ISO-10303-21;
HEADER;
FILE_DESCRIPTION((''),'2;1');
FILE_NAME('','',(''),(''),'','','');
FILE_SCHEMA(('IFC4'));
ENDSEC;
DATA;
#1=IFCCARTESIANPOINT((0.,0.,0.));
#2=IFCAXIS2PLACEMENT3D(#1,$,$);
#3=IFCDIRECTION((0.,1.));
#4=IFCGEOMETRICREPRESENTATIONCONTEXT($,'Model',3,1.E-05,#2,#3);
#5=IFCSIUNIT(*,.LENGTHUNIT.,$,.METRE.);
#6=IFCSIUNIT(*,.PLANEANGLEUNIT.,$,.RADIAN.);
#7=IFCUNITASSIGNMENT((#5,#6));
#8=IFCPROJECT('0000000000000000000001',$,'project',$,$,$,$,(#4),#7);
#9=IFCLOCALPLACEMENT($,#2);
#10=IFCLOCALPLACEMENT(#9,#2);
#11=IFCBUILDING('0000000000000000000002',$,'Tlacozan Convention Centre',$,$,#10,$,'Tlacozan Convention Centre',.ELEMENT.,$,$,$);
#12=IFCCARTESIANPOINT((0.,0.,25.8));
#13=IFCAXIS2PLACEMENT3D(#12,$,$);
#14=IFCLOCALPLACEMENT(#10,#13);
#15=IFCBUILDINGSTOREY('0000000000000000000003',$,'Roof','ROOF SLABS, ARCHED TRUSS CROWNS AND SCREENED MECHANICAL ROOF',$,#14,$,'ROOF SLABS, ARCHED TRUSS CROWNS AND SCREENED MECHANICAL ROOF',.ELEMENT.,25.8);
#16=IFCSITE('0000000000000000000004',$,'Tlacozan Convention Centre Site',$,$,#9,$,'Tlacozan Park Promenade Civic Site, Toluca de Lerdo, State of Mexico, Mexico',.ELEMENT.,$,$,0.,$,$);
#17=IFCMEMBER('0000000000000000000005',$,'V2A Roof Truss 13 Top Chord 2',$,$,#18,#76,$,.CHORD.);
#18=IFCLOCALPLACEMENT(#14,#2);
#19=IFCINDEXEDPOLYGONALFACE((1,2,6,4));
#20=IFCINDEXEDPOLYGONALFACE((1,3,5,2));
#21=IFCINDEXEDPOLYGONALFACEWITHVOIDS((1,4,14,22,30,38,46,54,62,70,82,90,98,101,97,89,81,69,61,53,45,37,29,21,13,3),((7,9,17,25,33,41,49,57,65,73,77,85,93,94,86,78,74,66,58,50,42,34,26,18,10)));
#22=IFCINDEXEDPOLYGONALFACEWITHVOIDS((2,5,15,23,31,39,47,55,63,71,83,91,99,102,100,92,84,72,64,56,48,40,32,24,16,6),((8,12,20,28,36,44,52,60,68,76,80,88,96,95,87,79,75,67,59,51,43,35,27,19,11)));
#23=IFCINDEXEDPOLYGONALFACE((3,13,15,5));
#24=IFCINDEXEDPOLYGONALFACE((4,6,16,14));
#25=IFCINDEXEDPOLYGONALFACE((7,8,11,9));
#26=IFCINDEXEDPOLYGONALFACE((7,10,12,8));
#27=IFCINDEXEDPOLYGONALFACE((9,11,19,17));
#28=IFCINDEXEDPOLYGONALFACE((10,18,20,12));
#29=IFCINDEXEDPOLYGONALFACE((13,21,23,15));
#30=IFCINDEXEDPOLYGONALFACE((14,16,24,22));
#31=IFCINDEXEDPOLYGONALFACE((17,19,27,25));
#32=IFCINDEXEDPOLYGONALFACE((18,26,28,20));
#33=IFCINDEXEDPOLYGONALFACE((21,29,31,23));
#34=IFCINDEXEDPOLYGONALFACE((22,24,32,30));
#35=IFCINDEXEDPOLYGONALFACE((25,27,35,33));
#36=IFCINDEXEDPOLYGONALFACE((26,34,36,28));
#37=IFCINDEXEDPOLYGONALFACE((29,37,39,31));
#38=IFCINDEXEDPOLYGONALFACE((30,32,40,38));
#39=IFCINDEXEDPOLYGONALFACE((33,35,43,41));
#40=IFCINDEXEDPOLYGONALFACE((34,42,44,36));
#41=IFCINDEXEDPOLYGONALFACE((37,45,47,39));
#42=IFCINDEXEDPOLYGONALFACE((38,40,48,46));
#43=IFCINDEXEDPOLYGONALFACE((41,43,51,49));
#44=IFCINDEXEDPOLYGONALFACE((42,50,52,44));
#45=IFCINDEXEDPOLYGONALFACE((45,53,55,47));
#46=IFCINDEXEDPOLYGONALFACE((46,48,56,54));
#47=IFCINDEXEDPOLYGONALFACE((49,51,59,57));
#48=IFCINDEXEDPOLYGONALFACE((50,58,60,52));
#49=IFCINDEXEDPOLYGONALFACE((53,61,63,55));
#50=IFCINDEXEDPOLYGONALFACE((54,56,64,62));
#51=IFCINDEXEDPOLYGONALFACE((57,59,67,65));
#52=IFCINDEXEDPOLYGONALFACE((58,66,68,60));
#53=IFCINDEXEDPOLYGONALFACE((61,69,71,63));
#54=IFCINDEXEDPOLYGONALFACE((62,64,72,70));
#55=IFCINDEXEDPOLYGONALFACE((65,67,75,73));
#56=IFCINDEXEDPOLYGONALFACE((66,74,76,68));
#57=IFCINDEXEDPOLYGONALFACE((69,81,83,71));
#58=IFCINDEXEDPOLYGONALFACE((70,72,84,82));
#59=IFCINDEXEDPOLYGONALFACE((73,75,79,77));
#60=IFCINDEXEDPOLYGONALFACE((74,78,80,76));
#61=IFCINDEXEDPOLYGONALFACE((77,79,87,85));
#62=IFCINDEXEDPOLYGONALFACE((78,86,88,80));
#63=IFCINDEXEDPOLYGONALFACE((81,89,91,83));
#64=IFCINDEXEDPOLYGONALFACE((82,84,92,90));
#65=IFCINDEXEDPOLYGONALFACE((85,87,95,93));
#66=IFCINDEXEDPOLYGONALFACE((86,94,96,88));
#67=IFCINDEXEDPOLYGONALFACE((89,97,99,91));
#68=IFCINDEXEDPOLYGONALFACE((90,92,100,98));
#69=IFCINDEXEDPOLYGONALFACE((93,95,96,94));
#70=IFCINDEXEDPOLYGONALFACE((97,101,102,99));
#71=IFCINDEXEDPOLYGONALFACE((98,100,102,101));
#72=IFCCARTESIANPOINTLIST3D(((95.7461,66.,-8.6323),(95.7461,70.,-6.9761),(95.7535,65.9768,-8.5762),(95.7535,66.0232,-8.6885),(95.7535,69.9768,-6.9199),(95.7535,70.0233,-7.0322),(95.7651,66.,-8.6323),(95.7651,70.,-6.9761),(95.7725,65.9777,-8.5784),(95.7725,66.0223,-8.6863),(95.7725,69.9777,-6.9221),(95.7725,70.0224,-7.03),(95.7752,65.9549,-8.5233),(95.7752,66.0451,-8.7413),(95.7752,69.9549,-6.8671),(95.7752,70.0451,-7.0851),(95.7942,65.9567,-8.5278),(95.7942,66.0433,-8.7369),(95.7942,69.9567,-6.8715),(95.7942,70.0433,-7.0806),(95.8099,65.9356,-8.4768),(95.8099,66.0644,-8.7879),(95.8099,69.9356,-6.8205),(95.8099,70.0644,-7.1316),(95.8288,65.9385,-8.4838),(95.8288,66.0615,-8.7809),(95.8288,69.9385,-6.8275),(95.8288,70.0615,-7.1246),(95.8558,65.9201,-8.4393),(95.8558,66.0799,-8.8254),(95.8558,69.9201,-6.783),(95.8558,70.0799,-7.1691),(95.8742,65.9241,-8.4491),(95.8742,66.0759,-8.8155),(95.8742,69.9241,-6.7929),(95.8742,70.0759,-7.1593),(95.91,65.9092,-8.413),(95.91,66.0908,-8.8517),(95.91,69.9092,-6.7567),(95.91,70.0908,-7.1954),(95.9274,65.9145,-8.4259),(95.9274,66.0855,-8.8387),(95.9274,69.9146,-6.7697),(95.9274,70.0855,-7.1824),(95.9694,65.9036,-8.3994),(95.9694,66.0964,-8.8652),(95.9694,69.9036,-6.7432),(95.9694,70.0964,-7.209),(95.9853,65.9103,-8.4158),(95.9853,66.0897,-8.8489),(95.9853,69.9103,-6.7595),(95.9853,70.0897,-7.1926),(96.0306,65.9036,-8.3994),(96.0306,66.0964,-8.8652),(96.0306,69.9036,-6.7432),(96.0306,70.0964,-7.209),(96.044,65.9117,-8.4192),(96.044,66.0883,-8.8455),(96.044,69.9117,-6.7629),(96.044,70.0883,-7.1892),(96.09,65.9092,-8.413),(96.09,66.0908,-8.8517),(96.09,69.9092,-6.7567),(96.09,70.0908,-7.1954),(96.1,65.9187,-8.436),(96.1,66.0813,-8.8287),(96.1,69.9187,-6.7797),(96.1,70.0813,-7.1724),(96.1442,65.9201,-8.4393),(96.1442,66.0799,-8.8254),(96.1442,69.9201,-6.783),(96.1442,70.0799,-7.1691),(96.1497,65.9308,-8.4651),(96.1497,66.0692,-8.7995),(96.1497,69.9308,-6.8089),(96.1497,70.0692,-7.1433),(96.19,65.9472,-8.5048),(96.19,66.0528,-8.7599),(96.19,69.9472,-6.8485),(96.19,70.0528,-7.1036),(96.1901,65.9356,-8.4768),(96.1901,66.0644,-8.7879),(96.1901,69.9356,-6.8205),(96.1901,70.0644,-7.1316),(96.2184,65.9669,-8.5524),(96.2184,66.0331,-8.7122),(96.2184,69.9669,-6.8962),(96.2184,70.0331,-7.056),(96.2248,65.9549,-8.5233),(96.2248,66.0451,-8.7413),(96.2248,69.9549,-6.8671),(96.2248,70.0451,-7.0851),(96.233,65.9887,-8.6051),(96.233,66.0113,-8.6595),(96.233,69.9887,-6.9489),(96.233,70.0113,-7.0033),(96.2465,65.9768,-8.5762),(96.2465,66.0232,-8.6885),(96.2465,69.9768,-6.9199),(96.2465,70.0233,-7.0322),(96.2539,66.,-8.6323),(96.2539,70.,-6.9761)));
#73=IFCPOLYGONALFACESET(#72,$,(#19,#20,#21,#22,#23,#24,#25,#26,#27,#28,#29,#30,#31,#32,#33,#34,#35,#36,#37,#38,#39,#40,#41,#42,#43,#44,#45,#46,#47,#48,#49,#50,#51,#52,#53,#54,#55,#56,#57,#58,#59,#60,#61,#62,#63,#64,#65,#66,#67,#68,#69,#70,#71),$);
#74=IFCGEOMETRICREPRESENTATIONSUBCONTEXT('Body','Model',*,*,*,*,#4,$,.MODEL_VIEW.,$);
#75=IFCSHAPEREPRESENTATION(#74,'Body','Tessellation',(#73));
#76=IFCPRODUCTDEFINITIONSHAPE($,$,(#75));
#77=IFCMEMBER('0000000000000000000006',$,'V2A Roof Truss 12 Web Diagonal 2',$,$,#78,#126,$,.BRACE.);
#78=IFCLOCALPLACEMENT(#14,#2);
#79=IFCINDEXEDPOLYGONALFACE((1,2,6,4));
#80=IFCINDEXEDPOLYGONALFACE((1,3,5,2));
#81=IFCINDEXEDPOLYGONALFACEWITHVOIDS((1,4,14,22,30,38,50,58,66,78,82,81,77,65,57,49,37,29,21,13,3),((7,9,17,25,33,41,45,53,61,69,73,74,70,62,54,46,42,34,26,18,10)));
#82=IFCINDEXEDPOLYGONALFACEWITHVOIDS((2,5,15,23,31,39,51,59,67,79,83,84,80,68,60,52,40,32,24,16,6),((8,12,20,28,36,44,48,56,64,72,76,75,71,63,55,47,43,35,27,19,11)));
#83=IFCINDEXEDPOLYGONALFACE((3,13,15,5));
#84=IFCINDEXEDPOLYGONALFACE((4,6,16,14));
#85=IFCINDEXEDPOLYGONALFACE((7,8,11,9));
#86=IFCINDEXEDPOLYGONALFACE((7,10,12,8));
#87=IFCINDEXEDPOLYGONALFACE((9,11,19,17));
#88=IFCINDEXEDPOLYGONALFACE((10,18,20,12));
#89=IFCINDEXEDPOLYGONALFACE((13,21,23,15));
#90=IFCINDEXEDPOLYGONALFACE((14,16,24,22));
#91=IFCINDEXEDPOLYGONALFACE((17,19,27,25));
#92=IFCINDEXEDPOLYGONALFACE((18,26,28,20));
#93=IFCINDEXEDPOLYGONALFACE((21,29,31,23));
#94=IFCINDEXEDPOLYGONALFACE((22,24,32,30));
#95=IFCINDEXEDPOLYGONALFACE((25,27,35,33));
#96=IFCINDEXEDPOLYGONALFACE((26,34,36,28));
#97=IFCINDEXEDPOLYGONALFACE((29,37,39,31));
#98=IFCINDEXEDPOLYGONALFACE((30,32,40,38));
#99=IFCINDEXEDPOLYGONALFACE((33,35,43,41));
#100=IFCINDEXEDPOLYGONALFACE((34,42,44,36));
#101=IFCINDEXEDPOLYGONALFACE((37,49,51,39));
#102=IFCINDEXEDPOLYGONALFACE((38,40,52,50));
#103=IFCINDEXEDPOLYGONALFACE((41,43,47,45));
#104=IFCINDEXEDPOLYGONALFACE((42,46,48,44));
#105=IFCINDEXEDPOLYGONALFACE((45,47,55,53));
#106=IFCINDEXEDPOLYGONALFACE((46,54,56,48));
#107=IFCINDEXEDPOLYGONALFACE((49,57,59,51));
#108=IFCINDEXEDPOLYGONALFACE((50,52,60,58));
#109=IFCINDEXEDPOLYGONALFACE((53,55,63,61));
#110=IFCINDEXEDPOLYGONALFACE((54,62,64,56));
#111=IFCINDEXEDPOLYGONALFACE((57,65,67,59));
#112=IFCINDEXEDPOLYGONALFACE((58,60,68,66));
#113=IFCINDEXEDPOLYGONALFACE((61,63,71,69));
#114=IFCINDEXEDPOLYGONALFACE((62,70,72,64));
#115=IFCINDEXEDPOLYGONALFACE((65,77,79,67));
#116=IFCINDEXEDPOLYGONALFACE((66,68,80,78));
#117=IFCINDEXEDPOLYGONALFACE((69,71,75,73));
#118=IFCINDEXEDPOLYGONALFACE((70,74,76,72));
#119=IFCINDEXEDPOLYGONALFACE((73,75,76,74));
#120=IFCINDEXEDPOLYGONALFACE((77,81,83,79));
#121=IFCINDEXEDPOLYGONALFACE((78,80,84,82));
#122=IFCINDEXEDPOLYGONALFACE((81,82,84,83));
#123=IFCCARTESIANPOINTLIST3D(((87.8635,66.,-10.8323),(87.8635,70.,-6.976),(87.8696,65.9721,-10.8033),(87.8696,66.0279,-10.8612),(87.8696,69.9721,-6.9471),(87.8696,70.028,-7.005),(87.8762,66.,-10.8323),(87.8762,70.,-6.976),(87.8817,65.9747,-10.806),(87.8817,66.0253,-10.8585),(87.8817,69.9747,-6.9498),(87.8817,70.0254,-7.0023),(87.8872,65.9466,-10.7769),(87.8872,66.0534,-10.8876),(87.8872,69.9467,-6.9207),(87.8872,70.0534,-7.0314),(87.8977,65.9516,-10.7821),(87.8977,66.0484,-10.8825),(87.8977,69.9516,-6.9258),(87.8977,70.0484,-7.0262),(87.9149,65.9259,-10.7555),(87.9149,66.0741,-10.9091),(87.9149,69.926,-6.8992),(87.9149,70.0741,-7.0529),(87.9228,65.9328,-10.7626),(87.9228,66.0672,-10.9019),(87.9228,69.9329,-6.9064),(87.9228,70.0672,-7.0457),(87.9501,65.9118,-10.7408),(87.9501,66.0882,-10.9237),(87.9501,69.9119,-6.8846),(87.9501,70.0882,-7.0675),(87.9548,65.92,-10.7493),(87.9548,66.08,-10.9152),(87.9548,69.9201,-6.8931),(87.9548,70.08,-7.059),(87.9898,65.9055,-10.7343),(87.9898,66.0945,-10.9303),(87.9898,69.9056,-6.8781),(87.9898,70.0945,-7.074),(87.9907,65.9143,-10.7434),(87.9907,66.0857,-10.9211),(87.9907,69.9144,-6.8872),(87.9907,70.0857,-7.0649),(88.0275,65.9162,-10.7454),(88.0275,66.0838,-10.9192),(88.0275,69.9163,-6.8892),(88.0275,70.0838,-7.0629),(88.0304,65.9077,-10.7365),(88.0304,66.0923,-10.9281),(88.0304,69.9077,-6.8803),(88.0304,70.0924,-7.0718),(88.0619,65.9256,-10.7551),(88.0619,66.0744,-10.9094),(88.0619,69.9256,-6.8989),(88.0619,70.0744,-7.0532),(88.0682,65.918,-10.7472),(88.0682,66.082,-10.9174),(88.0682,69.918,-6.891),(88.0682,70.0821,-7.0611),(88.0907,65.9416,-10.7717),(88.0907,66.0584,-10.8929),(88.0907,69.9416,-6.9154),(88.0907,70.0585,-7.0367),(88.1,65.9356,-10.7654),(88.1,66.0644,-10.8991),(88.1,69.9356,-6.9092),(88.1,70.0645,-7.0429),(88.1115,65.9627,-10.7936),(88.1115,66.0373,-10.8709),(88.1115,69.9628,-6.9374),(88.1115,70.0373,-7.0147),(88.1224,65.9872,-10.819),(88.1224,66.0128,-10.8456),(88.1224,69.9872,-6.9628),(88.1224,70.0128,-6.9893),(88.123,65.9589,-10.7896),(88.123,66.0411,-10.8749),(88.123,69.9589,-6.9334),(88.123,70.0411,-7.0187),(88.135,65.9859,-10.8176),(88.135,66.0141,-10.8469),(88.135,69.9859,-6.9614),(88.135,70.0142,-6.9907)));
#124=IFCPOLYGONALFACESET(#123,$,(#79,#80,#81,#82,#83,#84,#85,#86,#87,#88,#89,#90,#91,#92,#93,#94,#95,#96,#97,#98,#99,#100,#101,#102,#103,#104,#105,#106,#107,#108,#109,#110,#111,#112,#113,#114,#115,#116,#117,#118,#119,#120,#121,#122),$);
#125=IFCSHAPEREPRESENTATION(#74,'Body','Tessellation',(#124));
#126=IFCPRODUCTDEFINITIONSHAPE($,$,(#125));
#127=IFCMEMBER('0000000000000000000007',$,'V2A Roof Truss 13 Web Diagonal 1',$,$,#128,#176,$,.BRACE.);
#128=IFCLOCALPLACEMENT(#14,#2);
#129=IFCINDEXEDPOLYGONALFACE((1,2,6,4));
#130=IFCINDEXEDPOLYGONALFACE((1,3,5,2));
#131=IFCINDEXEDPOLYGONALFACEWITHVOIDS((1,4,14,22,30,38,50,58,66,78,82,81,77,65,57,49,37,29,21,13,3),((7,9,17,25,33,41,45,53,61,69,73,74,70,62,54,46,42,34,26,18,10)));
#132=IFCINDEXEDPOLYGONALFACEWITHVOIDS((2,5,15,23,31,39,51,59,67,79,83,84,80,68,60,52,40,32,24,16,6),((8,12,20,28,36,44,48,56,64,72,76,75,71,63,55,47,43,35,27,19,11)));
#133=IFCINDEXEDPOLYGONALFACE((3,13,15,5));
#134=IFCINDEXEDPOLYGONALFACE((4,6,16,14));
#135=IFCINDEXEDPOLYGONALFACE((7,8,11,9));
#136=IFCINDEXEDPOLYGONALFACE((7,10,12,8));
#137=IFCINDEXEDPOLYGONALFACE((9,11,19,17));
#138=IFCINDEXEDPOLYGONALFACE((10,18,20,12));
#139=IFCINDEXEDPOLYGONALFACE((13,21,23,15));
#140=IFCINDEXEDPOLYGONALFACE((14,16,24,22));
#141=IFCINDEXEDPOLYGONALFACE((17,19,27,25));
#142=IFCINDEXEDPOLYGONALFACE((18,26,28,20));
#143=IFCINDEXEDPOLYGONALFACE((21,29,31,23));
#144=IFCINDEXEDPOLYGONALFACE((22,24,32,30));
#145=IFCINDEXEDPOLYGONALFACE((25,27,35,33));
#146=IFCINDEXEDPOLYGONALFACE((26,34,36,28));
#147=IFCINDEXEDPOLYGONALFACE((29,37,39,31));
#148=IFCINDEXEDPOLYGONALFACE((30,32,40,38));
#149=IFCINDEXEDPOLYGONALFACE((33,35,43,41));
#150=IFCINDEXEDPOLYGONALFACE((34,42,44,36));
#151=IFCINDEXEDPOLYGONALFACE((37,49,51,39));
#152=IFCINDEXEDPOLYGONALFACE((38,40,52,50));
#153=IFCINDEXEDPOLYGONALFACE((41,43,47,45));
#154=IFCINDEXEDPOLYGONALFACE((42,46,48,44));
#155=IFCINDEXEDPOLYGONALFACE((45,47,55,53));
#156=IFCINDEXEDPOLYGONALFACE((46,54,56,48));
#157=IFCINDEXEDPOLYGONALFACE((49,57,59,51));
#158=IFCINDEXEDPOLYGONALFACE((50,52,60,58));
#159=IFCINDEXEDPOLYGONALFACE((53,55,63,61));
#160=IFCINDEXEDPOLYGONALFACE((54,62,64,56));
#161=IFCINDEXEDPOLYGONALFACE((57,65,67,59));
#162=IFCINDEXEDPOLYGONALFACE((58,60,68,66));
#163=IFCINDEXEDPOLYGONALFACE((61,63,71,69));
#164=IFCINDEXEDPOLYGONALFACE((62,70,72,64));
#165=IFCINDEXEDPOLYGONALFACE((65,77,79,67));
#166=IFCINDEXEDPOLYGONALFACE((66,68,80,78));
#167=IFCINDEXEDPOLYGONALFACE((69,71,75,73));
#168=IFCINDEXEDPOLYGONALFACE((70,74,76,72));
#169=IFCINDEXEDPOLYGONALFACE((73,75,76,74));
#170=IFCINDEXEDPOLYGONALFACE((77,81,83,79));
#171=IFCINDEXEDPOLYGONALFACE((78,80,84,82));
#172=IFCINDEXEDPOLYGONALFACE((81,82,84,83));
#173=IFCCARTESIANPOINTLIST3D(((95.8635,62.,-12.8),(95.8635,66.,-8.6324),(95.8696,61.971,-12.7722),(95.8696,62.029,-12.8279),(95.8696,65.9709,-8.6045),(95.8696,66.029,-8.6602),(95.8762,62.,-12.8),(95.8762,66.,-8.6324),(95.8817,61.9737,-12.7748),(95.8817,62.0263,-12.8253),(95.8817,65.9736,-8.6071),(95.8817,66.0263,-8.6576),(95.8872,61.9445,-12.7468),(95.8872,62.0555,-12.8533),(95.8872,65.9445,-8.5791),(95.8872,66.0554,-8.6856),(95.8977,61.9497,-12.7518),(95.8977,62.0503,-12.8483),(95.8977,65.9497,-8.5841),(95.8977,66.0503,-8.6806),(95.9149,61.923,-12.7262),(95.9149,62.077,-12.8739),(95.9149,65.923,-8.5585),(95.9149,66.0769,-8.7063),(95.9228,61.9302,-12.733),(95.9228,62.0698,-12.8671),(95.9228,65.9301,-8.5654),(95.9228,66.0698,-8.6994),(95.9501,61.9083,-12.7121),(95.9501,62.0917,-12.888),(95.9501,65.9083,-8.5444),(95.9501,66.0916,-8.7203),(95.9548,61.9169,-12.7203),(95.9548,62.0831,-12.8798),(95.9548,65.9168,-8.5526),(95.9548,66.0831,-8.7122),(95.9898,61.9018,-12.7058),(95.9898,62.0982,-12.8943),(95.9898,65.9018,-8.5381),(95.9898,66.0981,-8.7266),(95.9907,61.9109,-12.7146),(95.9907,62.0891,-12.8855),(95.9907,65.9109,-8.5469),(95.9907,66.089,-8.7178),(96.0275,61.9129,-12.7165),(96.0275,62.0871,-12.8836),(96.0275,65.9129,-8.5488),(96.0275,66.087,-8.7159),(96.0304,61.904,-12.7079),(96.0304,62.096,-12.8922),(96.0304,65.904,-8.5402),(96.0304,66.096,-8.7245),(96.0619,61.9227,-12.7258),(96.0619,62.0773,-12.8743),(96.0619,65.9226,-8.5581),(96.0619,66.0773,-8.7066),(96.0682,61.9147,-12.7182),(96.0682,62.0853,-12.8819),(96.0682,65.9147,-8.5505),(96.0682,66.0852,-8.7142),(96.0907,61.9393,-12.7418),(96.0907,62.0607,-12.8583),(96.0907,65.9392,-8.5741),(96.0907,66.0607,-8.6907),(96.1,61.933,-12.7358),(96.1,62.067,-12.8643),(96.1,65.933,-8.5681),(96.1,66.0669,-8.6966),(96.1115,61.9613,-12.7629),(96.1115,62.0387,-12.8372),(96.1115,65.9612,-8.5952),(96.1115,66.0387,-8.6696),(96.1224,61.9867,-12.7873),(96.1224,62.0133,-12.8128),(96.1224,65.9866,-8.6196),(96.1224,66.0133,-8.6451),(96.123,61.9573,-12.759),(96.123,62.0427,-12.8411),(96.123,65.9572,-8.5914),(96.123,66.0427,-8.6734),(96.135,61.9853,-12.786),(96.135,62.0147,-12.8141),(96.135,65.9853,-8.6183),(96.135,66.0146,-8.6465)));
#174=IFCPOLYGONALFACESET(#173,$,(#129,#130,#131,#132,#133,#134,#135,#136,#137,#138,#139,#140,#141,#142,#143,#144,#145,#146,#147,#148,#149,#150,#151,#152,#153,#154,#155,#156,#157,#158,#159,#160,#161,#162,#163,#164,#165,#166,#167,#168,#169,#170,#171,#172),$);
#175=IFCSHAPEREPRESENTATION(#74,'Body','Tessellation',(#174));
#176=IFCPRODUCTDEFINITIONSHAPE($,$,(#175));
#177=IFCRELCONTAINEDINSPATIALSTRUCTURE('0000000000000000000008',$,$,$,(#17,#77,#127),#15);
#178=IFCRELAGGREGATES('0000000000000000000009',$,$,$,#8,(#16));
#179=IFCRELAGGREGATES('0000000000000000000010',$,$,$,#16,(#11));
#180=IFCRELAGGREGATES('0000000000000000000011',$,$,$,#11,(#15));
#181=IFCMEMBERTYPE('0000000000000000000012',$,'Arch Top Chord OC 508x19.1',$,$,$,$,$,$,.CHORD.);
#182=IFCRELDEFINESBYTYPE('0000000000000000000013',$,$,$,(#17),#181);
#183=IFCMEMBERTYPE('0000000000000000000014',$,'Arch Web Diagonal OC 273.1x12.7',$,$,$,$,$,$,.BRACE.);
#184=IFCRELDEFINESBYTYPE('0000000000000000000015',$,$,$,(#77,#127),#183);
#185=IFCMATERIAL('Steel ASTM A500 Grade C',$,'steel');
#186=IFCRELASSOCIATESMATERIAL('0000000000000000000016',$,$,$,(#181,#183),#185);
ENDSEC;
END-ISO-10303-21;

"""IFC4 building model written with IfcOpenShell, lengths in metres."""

from ifc_helpers import new_model, si_unit, direction, frame, origin, origin_2d, place, context, subcontext, project, spatial, hollow_circle, extrude, material, material_profile, profile_set, type_object, element, save


model = new_model("IFC4")

# Units and contexts
model_context = context("Model", 3, precision=1e-05, world=origin(), true_north=direction((0.0, 1.0)))
body_context = subcontext(model_context, "Body", "Model", "MODEL_VIEW")
ifc_project = project(units=[si_unit("LENGTHUNIT", "METRE"), si_unit("PLANEANGLEUNIT", "RADIAN")], contexts=[model_context])

# Site, building, storey
site_placement = place(None, origin())
site = spatial("IfcSite", under=ifc_project, at=site_placement, Name="Tlacozan Convention Centre Site", LongName="Tlacozan Park Promenade Civic Site, Toluca de Lerdo, State of Mexico, Mexico", CompositionType="ELEMENT", RefElevation=0.0)
building_placement = place(site_placement, origin())
building = spatial("IfcBuilding", under=site, at=building_placement, Name="Tlacozan Convention Centre", LongName="Tlacozan Convention Centre", CompositionType="ELEMENT")
storey_placement = place(building_placement, frame((0.0, 0.0, 25.8)))
storey = spatial("IfcBuildingStorey", under=building, at=storey_placement, Name="Roof", Description="ROOF SLABS, ARCHED TRUSS CROWNS AND SCREENED MECHANICAL ROOF", LongName="ROOF SLABS, ARCHED TRUSS CROWNS AND SCREENED MECHANICAL ROOF", CompositionType="ELEMENT", Elevation=25.8)

# Members
ifc_material_1 = material(Name="Steel ASTM A500 Grade C", Category="steel")
ifc_material_profile_1 = material_profile(ifc_material_1, hollow_circle(Radius=0.2539, WallThickness=0.019, at=origin_2d()), Name="OC 508.0x19.1")
ifc_profile_set_1 = profile_set([ifc_material_profile_1], Name="Steel ASTM A500 Grade C")
member_type_1 = type_object("IfcMemberType", Name="Arch Top Chord OC 508x19.1", PredefinedType="CHORD", material=ifc_profile_set_1)
member_1_placement = place(storey_placement, frame((96.0, 66.0, -8.6323), z_axis=(0.0, 0.923929, 0.382564), x_axis=(-1.0, 0.0, 0.0)))
element("IfcMember", 1, at=member_1_placement, inside=storey, type_object=member_type_1, Name="V2A Roof Truss 13 Top Chord 2", PredefinedType="CHORD", context=body_context, shape_type="SweptSolid", body=[
    extrude(hollow_circle(Radius=0.2539, WallThickness=0.019, at=origin_2d()), origin(), (0.0, 0.0, 1.0), 4.3293),
])
ifc_material_profile_2 = material_profile(ifc_material_1, hollow_circle(Radius=0.1365, WallThickness=0.0127, at=origin_2d()), Name="OC 273.1x12.7")
ifc_profile_set_2 = profile_set([ifc_material_profile_2], Name="Steel ASTM A500 Grade C")
member_type_2 = type_object("IfcMemberType", Name="Arch Web Diagonal OC 273.1x12.7", PredefinedType="BRACE", material=ifc_profile_set_2)
member_2_placement = place(storey_placement, frame((88.0, 66.0, -10.8323), z_axis=(0.0, 0.719929, 0.694048), x_axis=(-1.0, 0.0, 0.0)))
element("IfcMember", 2, at=member_2_placement, inside=storey, type_object=member_type_2, Name="V2A Roof Truss 12 Web Diagonal 2", PredefinedType="BRACE", context=body_context, shape_type="SweptSolid", body=[
    extrude(hollow_circle(Radius=0.1365, WallThickness=0.0127, at=origin_2d()), origin(), (0.0, 0.0, 1.0), 5.5562),
])
member_3_placement = place(storey_placement, frame((96.0, 62.0, -12.8), z_axis=(0.0, 0.69244, 0.721475), x_axis=(-1.0, 0.0, 0.0)))
element("IfcMember", 3, at=member_3_placement, inside=storey, type_object=member_type_2, Name="V2A Roof Truss 13 Web Diagonal 1", PredefinedType="BRACE", context=body_context, shape_type="SweptSolid", body=[
    extrude(hollow_circle(Radius=0.1365, WallThickness=0.0127, at=origin_2d()), origin(), (0.0, 0.0, 1.0), 5.7766),
])

save(model, "model.ifc")
